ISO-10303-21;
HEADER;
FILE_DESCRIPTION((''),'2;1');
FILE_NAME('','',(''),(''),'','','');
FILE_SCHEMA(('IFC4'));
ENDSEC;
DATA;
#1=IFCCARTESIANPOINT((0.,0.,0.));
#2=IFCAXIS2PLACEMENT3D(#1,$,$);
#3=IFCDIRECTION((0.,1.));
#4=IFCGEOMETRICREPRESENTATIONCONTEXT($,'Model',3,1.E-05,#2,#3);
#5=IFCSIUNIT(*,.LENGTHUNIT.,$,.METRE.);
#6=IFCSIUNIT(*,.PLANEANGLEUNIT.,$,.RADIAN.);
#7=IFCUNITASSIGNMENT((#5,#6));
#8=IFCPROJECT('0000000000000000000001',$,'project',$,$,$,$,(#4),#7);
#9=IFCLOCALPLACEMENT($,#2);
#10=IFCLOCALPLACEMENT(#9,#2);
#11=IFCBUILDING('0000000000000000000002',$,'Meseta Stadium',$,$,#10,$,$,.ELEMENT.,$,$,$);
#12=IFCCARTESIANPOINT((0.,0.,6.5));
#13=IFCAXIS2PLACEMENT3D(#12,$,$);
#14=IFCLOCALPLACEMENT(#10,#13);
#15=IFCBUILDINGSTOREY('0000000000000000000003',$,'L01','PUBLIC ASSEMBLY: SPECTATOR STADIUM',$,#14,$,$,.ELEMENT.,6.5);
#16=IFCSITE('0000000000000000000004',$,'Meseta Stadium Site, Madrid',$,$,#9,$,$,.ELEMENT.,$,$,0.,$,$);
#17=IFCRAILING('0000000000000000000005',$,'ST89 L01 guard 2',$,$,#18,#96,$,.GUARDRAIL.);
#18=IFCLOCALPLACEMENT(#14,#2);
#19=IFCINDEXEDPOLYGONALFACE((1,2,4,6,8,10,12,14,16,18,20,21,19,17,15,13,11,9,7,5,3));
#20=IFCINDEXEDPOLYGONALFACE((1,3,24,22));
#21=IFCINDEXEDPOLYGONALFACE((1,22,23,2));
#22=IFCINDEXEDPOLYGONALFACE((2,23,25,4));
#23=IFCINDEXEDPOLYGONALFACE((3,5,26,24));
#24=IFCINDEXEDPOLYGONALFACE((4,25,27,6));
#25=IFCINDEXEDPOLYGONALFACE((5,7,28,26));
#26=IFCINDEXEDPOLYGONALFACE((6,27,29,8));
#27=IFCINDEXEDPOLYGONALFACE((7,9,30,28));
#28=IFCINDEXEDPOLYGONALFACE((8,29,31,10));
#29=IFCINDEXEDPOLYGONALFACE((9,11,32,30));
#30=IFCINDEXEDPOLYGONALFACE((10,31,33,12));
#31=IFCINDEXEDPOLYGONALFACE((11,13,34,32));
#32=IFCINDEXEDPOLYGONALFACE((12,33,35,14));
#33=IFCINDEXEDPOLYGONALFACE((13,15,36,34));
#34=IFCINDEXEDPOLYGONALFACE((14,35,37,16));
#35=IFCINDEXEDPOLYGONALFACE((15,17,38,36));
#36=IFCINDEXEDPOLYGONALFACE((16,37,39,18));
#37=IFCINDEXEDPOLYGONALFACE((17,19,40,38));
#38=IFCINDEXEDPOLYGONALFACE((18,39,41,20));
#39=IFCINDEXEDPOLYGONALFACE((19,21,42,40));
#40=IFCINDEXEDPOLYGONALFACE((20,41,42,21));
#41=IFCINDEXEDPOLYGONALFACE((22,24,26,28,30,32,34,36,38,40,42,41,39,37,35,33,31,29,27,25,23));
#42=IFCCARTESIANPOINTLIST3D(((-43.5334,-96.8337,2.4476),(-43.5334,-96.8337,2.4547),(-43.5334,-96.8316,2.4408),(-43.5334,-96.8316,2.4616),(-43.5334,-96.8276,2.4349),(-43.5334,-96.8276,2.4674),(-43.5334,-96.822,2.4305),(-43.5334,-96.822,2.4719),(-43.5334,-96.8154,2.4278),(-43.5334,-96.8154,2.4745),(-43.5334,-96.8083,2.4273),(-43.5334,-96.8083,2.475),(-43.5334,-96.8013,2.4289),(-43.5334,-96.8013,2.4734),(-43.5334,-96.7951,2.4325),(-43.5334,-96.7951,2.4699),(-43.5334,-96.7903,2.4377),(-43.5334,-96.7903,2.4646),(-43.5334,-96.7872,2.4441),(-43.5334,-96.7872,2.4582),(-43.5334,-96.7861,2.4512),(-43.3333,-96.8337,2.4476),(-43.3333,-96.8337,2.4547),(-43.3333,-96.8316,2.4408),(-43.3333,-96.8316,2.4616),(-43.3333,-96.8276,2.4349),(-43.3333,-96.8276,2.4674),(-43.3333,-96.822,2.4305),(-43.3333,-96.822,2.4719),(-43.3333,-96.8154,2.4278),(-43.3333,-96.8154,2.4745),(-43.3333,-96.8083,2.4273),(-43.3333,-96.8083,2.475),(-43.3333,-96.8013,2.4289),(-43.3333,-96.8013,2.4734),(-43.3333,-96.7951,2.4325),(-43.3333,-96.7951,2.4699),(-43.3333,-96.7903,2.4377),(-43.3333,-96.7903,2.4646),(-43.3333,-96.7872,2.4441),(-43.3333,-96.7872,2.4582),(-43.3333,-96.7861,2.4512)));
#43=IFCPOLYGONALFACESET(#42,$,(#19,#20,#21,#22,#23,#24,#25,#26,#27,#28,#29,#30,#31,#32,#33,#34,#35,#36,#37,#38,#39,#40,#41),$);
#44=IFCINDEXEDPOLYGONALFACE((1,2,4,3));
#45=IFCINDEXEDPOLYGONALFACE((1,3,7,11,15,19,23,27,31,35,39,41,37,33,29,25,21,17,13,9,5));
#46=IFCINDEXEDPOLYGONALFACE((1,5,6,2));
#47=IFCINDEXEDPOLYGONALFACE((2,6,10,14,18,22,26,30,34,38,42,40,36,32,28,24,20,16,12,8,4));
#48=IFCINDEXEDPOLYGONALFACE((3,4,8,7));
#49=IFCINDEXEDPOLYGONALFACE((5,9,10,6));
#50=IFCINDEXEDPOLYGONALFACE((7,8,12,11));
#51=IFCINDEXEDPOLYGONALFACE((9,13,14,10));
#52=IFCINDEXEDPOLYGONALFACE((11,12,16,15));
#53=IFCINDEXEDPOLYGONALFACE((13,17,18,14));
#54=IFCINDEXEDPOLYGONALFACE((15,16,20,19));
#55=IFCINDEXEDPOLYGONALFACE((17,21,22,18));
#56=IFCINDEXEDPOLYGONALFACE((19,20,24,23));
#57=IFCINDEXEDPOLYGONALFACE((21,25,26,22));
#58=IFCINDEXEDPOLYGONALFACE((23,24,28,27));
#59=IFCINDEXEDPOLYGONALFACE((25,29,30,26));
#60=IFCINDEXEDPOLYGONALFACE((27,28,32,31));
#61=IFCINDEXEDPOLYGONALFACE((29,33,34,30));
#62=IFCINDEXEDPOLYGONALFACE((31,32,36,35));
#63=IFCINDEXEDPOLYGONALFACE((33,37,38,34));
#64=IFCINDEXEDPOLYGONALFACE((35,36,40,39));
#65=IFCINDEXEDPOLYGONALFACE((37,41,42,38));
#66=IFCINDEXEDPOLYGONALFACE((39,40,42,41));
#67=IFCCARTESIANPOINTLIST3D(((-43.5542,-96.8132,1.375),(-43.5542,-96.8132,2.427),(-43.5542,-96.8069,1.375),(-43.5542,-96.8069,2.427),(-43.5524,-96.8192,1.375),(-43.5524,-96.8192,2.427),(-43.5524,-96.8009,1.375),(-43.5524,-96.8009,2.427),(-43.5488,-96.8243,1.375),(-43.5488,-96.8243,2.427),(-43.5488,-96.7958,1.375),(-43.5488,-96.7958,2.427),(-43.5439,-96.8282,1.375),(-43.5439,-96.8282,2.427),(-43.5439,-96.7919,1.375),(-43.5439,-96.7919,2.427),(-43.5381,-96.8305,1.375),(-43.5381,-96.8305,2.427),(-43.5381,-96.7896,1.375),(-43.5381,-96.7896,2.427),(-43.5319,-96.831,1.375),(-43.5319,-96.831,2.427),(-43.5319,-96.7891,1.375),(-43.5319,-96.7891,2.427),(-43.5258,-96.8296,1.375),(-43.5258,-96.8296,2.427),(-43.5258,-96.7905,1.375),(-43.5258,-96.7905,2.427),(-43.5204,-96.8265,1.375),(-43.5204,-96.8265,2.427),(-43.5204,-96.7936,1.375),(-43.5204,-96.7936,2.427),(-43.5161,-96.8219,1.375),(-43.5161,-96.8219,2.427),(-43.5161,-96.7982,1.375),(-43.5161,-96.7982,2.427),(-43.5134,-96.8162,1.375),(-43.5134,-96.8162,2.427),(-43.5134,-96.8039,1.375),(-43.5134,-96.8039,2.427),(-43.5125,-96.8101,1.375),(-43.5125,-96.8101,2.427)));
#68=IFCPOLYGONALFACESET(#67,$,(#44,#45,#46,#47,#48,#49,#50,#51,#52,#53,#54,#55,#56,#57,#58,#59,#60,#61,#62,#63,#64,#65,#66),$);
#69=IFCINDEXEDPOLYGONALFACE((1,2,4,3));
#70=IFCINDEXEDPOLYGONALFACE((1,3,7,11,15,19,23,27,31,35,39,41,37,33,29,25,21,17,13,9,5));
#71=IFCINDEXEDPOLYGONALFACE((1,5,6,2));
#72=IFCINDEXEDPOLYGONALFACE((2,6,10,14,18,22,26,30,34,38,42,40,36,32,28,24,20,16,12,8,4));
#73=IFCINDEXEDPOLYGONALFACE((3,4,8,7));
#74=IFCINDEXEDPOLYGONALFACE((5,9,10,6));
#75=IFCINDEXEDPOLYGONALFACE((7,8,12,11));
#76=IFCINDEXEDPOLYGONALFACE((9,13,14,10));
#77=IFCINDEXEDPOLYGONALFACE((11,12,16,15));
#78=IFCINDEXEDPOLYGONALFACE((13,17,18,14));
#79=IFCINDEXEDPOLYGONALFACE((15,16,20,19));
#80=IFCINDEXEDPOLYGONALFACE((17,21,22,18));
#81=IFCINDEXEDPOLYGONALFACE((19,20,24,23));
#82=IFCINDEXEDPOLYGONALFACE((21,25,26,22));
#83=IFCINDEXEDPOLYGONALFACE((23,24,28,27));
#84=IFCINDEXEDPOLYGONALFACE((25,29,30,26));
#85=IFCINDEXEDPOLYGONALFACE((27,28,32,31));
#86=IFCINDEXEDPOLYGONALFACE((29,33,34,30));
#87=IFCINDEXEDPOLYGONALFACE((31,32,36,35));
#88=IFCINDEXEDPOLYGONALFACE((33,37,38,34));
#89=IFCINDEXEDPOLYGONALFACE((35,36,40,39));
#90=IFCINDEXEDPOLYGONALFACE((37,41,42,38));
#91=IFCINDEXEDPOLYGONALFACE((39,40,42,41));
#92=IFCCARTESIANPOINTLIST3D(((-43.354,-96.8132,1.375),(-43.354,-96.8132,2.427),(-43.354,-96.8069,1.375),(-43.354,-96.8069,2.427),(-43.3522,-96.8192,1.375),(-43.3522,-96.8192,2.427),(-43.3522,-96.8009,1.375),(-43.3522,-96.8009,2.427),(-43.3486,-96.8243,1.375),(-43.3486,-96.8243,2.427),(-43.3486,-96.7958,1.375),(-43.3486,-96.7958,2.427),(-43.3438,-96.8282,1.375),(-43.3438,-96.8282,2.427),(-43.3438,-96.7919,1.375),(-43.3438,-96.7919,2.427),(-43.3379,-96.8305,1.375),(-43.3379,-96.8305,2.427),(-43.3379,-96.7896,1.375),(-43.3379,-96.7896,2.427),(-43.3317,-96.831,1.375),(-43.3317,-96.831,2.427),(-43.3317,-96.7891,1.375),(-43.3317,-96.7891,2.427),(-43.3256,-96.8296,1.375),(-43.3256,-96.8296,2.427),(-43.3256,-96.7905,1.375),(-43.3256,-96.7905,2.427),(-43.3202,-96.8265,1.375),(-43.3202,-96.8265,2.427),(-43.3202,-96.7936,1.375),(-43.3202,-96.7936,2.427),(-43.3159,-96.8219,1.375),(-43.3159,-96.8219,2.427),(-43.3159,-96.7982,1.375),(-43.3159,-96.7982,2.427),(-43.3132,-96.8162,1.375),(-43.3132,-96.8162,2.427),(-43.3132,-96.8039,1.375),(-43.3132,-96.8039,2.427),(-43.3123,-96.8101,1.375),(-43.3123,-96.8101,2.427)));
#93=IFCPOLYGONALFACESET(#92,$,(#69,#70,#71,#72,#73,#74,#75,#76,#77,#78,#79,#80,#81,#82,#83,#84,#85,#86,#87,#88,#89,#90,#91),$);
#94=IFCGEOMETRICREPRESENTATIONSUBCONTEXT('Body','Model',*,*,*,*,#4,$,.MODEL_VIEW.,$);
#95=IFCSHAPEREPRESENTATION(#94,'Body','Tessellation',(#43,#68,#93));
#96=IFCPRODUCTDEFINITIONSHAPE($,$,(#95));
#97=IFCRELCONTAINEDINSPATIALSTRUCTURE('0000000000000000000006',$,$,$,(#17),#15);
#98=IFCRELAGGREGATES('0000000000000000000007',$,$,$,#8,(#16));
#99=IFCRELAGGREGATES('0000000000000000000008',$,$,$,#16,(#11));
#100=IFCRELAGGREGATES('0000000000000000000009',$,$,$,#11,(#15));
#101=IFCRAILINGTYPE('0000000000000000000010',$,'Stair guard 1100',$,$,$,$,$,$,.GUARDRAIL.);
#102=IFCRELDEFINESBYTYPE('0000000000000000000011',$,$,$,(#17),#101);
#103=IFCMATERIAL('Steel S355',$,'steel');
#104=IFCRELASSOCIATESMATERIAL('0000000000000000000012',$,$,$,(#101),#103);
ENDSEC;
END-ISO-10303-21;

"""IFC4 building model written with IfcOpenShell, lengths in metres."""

from ifc_helpers import new_model, si_unit, direction, frame, origin, origin_2d, place, context, subcontext, project, spatial, circle, extrude, material, type_object, element, save


model = new_model("IFC4")

# Units and contexts
model_context = context("Model", 3, precision=1e-05, world=origin(), true_north=direction((0.0, 1.0)))
body_context = subcontext(model_context, "Body", "Model", "MODEL_VIEW")
ifc_project = project(units=[si_unit("LENGTHUNIT", "METRE"), si_unit("PLANEANGLEUNIT", "RADIAN")], contexts=[model_context])

# Site, building, storey
site_placement = place(None, origin())
site = spatial("IfcSite", under=ifc_project, at=site_placement, Name="Meseta Stadium Site, Madrid", CompositionType="ELEMENT", RefElevation=0.0)
building_placement = place(site_placement, origin())
building = spatial("IfcBuilding", under=site, at=building_placement, Name="Meseta Stadium", CompositionType="ELEMENT")
storey_placement = place(building_placement, frame((0.0, 0.0, 6.5)))
storey = spatial("IfcBuildingStorey", under=building, at=storey_placement, Name="L01", Description="PUBLIC ASSEMBLY: SPECTATOR STADIUM", CompositionType="ELEMENT", Elevation=6.5)

# Railing
ifc_material_1 = material(Name="Steel S355", Category="steel")
railing_type_1 = type_object("IfcRailingType", Name="Stair guard 1100", PredefinedType="GUARDRAIL", material=ifc_material_1)
railing_1_placement = place(storey_placement, frame((-43.5334, -96.8101, 1.375)))
element("IfcRailing", 1, at=railing_1_placement, inside=storey, type_object=railing_type_1, Name="ST89 L01 guard 2", PredefinedType="GUARDRAIL", context=body_context, shape_type="SweptSolid", body=[
    extrude(circle(Radius=0.0239, at=origin_2d()), frame((0.0, 0.0, 1.0762), z_axis=(1.0, 0.0, 0.0), x_axis=(0.0, 1.0, 0.0)), (0.0, 0.0, 1.0), 0.2002),
    extrude(circle(Radius=0.021, at=origin_2d()), origin(), (0.0, 0.0, 1.0), 1.052),
    extrude(circle(Radius=0.021, at=origin_2d()), frame((0.2002, 0.0, 0.0)), (0.0, 0.0, 1.0), 1.052),
])

save(model, "model.ifc")
